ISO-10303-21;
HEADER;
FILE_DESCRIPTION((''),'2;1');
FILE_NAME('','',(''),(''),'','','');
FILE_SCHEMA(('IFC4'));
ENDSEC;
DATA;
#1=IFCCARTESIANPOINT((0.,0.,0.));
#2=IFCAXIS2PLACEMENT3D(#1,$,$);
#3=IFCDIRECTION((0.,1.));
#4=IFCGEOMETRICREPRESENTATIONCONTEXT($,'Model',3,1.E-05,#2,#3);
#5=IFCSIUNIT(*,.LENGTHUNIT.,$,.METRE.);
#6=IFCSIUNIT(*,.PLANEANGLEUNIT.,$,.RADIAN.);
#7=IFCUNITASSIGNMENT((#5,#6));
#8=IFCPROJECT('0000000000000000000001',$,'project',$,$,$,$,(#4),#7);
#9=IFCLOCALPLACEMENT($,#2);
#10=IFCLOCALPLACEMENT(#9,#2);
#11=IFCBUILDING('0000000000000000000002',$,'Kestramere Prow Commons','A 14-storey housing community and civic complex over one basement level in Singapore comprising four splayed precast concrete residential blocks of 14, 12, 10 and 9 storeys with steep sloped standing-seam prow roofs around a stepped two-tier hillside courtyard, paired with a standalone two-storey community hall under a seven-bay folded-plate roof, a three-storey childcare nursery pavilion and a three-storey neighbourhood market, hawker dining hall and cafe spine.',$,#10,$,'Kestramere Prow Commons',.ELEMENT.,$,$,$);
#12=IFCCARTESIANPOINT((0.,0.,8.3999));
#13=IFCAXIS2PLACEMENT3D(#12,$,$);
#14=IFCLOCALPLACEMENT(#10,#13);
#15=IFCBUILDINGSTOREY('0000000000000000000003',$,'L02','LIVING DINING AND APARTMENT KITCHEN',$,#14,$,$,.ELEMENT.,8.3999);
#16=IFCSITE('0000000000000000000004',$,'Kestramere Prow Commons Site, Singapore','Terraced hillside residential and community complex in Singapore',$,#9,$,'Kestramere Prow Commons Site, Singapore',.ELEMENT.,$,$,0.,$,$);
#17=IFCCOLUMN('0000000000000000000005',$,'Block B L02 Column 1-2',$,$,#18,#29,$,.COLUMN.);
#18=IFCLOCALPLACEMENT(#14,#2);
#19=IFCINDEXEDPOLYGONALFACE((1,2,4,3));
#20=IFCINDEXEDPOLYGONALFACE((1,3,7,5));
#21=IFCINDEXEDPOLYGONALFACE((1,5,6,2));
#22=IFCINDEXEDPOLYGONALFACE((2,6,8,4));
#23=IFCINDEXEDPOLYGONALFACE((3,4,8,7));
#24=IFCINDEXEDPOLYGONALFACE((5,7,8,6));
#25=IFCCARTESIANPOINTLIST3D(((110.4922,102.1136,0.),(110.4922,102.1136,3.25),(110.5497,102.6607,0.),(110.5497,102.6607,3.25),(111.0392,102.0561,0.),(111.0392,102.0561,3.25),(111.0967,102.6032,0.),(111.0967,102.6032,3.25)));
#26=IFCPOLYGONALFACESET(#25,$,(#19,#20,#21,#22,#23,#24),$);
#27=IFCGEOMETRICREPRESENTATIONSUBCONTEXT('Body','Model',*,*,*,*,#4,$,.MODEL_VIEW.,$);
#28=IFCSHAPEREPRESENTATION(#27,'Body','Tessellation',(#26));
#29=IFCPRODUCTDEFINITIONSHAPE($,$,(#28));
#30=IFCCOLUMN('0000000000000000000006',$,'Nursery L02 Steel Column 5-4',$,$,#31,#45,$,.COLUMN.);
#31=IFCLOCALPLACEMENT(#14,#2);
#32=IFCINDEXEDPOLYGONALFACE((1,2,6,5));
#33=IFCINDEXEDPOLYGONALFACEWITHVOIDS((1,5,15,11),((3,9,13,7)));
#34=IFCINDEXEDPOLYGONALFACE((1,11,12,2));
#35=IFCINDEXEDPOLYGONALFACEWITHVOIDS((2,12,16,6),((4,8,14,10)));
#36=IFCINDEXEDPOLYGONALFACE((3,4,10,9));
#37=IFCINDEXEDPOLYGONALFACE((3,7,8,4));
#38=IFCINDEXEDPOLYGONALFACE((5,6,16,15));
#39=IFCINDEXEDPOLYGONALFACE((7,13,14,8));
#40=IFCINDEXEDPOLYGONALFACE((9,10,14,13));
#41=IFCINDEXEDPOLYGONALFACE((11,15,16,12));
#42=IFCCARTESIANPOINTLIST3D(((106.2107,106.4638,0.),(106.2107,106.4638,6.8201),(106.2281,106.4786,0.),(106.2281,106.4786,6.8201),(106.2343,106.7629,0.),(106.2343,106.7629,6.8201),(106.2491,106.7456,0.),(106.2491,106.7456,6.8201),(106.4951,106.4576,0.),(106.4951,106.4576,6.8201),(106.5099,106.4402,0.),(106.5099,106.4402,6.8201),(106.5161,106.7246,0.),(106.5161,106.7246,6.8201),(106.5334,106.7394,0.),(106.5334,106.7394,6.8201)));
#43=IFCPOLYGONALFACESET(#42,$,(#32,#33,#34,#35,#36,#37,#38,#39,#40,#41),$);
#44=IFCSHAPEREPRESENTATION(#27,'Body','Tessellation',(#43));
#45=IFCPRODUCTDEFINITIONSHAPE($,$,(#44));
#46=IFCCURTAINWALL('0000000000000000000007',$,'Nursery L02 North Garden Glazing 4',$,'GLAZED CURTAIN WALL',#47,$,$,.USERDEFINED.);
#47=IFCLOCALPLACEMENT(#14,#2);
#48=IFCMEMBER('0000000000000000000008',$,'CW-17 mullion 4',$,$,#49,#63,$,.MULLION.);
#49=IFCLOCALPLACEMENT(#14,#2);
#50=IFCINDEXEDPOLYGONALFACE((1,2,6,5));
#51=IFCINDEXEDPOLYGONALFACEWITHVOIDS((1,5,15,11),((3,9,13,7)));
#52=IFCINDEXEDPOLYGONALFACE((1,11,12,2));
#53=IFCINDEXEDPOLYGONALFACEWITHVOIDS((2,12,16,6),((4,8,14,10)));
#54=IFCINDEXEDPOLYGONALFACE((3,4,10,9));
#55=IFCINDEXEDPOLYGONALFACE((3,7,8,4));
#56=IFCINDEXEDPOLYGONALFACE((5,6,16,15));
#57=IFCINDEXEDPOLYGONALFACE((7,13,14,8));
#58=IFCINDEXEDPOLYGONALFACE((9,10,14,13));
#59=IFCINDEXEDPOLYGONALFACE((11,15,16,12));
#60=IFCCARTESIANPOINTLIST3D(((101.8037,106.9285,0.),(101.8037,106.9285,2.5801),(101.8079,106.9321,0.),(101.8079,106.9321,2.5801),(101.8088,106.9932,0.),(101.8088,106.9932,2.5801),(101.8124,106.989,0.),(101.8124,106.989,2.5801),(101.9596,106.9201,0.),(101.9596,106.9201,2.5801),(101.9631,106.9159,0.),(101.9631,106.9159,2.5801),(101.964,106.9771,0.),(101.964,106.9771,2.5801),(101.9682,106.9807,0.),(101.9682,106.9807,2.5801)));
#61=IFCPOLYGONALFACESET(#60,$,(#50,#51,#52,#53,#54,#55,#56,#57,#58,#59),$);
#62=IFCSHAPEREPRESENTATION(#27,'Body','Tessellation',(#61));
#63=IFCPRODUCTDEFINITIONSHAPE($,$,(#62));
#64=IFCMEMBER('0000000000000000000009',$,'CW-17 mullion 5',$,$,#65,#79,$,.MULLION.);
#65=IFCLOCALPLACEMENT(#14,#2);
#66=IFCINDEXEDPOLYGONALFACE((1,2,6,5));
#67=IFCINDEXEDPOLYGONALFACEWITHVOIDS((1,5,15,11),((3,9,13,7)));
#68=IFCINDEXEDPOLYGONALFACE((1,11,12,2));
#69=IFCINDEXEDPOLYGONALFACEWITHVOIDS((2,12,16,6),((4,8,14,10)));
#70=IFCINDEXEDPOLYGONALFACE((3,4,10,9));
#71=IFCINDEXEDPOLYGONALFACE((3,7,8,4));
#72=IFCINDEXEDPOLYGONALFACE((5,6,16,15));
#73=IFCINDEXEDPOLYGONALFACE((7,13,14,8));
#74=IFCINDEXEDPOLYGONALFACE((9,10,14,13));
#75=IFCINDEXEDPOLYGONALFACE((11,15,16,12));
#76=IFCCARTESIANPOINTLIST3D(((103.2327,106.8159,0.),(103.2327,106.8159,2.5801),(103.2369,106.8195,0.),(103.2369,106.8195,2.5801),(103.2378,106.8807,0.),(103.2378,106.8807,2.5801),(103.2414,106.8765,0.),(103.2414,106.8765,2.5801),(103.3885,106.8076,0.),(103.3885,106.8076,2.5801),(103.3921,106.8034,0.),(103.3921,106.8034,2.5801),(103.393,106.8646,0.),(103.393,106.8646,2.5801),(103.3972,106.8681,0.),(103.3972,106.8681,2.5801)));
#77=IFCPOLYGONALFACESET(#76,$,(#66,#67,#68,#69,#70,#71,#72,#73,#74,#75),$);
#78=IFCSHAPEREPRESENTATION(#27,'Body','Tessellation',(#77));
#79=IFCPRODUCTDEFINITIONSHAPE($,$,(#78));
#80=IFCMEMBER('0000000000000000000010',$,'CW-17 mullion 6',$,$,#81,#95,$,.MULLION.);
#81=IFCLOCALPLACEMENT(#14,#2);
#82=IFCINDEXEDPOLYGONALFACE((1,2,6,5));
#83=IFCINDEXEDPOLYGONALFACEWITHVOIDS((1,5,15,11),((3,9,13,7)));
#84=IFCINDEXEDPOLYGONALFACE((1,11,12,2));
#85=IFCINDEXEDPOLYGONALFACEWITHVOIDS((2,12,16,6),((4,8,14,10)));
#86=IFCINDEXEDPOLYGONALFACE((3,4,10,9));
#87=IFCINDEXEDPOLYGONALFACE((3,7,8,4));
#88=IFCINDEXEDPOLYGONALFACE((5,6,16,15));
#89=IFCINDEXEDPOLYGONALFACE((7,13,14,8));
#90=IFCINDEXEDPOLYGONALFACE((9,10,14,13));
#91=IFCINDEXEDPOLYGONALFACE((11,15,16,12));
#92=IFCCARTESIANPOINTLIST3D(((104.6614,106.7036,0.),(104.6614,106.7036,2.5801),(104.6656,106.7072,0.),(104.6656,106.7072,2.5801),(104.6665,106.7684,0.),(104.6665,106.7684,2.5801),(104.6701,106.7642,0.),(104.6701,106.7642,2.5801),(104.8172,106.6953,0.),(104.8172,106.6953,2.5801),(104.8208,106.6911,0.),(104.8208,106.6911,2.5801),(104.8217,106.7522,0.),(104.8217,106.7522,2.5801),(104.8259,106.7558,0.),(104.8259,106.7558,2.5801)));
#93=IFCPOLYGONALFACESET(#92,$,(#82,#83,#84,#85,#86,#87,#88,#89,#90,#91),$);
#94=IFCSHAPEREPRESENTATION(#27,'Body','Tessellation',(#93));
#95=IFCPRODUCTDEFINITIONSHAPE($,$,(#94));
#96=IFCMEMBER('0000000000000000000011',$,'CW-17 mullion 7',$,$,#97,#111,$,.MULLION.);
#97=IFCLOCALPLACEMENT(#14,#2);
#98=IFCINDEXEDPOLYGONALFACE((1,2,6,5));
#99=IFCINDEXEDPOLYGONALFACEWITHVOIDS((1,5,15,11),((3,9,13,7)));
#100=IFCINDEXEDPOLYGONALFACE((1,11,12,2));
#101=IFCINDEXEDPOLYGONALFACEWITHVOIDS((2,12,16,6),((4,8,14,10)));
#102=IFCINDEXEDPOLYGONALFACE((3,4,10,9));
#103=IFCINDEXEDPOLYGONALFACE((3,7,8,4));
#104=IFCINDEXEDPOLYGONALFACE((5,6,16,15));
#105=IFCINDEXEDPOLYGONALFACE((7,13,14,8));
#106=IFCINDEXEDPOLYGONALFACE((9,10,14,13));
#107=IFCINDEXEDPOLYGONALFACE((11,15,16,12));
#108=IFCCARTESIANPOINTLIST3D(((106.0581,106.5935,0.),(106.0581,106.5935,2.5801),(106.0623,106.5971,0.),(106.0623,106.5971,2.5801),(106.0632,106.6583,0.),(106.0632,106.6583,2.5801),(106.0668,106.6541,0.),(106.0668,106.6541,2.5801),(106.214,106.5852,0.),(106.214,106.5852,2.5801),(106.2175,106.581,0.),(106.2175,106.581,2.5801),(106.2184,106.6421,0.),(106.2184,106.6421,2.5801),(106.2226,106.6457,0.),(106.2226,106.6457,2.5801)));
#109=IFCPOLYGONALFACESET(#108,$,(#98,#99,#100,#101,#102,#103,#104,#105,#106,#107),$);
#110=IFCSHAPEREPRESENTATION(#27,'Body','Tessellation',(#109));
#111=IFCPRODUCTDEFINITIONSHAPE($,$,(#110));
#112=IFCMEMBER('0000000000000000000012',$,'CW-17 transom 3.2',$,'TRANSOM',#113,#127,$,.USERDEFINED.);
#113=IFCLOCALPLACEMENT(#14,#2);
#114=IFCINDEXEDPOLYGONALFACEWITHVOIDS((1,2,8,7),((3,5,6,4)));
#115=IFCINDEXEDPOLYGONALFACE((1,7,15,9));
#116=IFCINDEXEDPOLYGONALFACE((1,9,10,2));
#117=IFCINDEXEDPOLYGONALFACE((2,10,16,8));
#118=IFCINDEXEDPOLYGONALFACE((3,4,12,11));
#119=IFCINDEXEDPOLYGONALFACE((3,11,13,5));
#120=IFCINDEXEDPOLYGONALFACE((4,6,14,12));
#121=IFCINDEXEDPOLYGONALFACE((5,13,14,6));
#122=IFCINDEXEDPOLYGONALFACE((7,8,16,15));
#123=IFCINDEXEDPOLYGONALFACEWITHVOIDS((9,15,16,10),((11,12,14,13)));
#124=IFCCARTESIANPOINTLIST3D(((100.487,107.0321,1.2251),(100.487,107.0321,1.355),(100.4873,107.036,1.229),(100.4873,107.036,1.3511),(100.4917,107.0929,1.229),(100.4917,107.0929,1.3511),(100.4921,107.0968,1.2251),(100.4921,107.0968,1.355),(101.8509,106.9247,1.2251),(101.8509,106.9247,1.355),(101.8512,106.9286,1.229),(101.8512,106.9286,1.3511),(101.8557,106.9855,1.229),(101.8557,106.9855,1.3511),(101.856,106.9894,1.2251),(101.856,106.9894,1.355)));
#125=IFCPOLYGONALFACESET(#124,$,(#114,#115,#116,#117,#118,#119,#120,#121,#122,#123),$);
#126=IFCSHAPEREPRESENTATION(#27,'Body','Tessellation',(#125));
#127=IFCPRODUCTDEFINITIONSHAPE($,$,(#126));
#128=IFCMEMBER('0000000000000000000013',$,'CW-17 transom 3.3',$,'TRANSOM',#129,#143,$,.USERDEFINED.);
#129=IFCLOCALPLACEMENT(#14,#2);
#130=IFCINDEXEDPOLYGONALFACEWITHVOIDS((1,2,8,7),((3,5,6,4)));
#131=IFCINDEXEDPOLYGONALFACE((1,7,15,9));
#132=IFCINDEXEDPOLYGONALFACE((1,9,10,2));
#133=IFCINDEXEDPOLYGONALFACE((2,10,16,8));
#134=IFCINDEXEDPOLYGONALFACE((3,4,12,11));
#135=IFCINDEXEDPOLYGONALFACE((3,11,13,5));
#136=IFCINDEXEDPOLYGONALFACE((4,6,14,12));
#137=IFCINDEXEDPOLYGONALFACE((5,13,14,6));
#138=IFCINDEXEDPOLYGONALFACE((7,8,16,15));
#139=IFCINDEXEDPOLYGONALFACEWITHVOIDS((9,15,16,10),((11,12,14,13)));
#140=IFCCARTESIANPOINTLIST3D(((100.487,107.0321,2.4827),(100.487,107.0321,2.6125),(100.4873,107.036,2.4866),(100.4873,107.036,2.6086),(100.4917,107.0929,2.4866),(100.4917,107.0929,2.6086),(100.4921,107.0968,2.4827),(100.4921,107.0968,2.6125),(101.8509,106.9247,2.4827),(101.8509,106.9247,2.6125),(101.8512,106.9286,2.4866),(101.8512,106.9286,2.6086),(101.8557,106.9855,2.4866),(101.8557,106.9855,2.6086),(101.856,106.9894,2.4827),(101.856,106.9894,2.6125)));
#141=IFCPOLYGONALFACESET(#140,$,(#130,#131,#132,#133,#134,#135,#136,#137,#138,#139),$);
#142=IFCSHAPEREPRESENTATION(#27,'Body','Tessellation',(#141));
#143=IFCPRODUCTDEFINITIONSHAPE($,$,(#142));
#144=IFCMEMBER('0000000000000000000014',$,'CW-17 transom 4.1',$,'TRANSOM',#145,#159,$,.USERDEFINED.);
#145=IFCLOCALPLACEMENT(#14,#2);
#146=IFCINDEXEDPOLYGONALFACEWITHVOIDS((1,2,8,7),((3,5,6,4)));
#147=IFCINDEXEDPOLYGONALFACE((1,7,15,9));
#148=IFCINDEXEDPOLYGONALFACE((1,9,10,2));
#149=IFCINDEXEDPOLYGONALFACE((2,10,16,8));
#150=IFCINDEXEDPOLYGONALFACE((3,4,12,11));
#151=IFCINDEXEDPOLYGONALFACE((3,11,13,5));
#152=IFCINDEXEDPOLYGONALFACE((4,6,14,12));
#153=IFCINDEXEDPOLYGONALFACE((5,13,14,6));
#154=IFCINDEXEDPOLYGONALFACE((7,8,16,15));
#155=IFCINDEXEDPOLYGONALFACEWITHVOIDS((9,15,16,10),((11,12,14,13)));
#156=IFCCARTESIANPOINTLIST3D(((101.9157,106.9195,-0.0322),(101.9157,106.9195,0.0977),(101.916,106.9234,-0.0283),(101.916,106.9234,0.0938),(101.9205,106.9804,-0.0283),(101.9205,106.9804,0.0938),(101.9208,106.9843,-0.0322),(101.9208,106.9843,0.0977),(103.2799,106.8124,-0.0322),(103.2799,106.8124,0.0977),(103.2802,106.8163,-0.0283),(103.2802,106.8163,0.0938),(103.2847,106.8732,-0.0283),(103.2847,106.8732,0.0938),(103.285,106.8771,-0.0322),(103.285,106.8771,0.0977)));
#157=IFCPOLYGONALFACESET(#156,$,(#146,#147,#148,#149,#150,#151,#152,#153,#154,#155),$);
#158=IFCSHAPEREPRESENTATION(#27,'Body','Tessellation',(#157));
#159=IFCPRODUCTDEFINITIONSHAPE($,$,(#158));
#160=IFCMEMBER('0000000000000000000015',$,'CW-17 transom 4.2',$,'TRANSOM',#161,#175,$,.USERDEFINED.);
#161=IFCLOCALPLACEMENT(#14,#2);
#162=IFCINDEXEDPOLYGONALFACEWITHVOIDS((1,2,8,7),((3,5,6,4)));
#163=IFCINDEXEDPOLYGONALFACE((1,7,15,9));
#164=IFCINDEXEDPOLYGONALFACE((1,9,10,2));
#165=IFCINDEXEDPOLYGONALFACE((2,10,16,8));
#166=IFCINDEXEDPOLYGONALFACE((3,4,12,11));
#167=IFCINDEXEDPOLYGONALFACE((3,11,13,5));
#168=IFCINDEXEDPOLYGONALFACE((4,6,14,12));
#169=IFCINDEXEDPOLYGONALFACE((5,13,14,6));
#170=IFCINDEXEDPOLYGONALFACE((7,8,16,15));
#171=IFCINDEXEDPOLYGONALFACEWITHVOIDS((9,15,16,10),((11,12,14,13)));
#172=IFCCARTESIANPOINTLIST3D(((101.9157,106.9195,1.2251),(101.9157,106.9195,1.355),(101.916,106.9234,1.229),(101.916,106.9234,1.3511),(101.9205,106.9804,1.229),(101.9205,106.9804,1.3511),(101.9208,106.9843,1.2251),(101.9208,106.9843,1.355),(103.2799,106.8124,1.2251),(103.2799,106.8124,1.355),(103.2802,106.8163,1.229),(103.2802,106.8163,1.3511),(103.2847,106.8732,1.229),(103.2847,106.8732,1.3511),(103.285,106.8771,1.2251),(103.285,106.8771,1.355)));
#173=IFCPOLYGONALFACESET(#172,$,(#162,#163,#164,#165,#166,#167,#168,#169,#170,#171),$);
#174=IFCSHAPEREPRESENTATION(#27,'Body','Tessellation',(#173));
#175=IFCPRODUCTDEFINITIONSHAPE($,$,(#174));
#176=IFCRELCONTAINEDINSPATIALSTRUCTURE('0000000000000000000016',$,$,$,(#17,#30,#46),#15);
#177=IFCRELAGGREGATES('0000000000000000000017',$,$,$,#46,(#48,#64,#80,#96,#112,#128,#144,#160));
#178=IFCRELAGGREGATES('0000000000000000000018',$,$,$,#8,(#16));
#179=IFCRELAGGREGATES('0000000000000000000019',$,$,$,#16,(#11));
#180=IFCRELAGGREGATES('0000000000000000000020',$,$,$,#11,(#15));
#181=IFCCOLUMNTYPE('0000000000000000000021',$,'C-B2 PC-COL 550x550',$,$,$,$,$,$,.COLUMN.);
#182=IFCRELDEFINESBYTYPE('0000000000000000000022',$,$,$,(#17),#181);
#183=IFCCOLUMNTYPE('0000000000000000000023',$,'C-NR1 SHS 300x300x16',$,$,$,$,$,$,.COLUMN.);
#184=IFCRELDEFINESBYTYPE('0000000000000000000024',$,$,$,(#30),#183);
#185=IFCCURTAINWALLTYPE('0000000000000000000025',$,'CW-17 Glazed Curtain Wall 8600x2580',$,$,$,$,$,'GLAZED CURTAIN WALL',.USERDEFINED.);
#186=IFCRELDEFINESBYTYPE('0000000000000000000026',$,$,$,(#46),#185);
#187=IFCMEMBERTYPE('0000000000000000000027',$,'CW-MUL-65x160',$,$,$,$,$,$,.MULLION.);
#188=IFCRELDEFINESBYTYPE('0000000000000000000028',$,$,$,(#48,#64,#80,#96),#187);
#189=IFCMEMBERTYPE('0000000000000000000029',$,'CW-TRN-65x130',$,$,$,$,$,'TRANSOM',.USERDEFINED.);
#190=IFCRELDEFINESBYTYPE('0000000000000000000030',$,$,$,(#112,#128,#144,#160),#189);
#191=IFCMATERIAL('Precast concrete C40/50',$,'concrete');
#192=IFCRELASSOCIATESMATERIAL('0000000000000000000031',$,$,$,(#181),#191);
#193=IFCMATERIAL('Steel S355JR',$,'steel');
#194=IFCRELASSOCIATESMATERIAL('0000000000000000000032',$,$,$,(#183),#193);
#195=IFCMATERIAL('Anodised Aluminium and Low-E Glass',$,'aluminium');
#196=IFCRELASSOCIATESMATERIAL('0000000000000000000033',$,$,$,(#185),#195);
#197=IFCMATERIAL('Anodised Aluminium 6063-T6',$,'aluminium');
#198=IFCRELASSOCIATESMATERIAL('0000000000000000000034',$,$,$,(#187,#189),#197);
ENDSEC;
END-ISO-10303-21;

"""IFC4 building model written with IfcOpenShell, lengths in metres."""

from ifc_helpers import new_model, si_unit, direction, frame, origin, origin_2d, place, context, subcontext, project, spatial, rectangle, hollow_rectangle, extrude, material, material_profile, profile_set, type_object, element, aggregate, save


model = new_model("IFC4")

# Units and contexts
model_context = context("Model", 3, precision=1e-05, world=origin(), true_north=direction((0.0, 1.0)))
body_context = subcontext(model_context, "Body", "Model", "MODEL_VIEW")
ifc_project = project(units=[si_unit("LENGTHUNIT", "METRE"), si_unit("PLANEANGLEUNIT", "RADIAN")], contexts=[model_context])

# Site, building, storey
site_placement = place(None, origin())
site = spatial("IfcSite", under=ifc_project, at=site_placement, Name="Kestramere Prow Commons Site, Singapore", Description="Terraced hillside residential and community complex in Singapore", LongName="Kestramere Prow Commons Site, Singapore", CompositionType="ELEMENT", RefElevation=0.0)
building_placement = place(site_placement, origin())
building = spatial("IfcBuilding", under=site, at=building_placement, Name="Kestramere Prow Commons", Description="A 14-storey housing community and civic complex over one basement level in Singapore comprising four splayed precast concrete residential blocks of 14, 12, 10 and 9 storeys with steep sloped standing-seam prow roofs around a stepped two-tier hillside courtyard, paired with a standalone two-storey community hall under a seven-bay folded-plate roof, a three-storey childcare nursery pavilion and a three-storey neighbourhood market, hawker dining hall and cafe spine.", LongName="Kestramere Prow Commons", CompositionType="ELEMENT")
storey_placement = place(building_placement, frame((0.0, 0.0, 8.3999)))
storey = spatial("IfcBuildingStorey", under=building, at=storey_placement, Name="L02", Description="LIVING DINING AND APARTMENT KITCHEN", CompositionType="ELEMENT", Elevation=8.3999)

# Columns
ifc_material_1 = material(Name="Precast concrete C40/50", Category="concrete")
ifc_material_profile_1 = material_profile(ifc_material_1, rectangle(XDim=0.55, YDim=0.55, at=origin_2d()), Name="PC-COL 550x550")
ifc_profile_set_1 = profile_set([ifc_material_profile_1], Name="Precast concrete C40/50")
column_type_1 = type_object("IfcColumnType", Name="C-B2 PC-COL 550x550", PredefinedType="COLUMN", material=ifc_profile_set_1)
column_1_placement = place(storey_placement, frame((110.7944, 102.3584, 0.0), z_axis=(0.0, 0.0, 1.0), x_axis=(0.994522, -0.104528, 0.0)))
element("IfcColumn", 1, at=column_1_placement, inside=storey, type_object=column_type_1, Name="Block B L02 Column 1-2", PredefinedType="COLUMN", context=body_context, shape_type="SweptSolid", body=[
    extrude(rectangle(XDim=0.55, YDim=0.55, at=origin_2d()), origin(), (0.0, 0.0, 1.0), 3.25),
])
ifc_material_2 = material(Name="Steel S355JR", Category="steel")
ifc_material_profile_2 = material_profile(ifc_material_2, hollow_rectangle(XDim=0.3, YDim=0.3, WallThickness=0.0161, at=origin_2d()), Name="SHS 300x300x16")
ifc_profile_set_2 = profile_set([ifc_material_profile_2], Name="Steel S355JR")
column_type_2 = type_object("IfcColumnType", Name="C-NR1 SHS 300x300x16", PredefinedType="COLUMN", material=ifc_profile_set_2)
column_2_placement = place(storey_placement, frame((106.3721, 106.6016, 0.0), z_axis=(0.0, 0.0, 1.0), x_axis=(0.996917, -0.078459, 0.0)))
element("IfcColumn", 2, at=column_2_placement, inside=storey, type_object=column_type_2, Name="Nursery L02 Steel Column 5-4", PredefinedType="COLUMN", context=body_context, shape_type="SweptSolid", body=[
    extrude(hollow_rectangle(XDim=0.3, YDim=0.3, WallThickness=0.0161, at=origin_2d()), origin(), (0.0, 0.0, 1.0), 6.8201),
])

# Curtain wall, members
ifc_material_3 = material(Name="Anodised Aluminium and Low-E Glass", Category="aluminium")
curtain_wall_type = type_object("IfcCurtainWallType", Name="CW-17 Glazed Curtain Wall 8600x2580", ElementType="GLAZED CURTAIN WALL", PredefinedType="USERDEFINED", material=ifc_material_3)
curtain_wall_placement = place(storey_placement, origin())
curtain_wall = element("IfcCurtainWall", 3, at=curtain_wall_placement, inside=storey, type_object=curtain_wall_type, Name="Nursery L02 North Garden Glazing 4", ObjectType="GLAZED CURTAIN WALL", PredefinedType="USERDEFINED")
ifc_material_4 = material(Name="Anodised Aluminium 6063-T6", Category="aluminium")
ifc_material_profile_3 = material_profile(ifc_material_4, hollow_rectangle(XDim=0.0649, YDim=0.1599, WallThickness=0.0039, at=origin_2d()), Name="ALU-MUL 65x160")
ifc_profile_set_3 = profile_set([ifc_material_profile_3], Name="Anodised Aluminium 6063-T6")
member_type_1 = type_object("IfcMemberType", Name="CW-MUL-65x160", PredefinedType="MULLION", material=ifc_profile_set_3)
member_1_placement = place(storey_placement, frame((101.886, 106.9546, 0.0), z_axis=(0.0, 0.0, 1.0), x_axis=(0.078459, 0.996917, 0.0)))
member_1 = element("IfcMember", 4, at=member_1_placement, type_object=member_type_1, Name="CW-17 mullion 4", PredefinedType="MULLION", context=body_context, shape_type="SweptSolid", body=[
    extrude(hollow_rectangle(XDim=0.0649, YDim=0.1599, WallThickness=0.0039, at=origin_2d()), origin(), (0.0, 0.0, 1.0), 2.5801),
])
member_2_placement = place(storey_placement, frame((103.3149, 106.842, 0.0), z_axis=(0.0, 0.0, 1.0), x_axis=(0.078459, 0.996917, 0.0)))
member_2 = element("IfcMember", 5, at=member_2_placement, type_object=member_type_1, Name="CW-17 mullion 5", PredefinedType="MULLION", context=body_context, shape_type="SweptSolid", body=[
    extrude(hollow_rectangle(XDim=0.0649, YDim=0.1599, WallThickness=0.0039, at=origin_2d()), origin(), (0.0, 0.0, 1.0), 2.5801),
])
member_3_placement = place(storey_placement, frame((104.7437, 106.7297, 0.0), z_axis=(0.0, 0.0, 1.0), x_axis=(0.078459, 0.996917, 0.0)))
member_3 = element("IfcMember", 6, at=member_3_placement, type_object=member_type_1, Name="CW-17 mullion 6", PredefinedType="MULLION", context=body_context, shape_type="SweptSolid", body=[
    extrude(hollow_rectangle(XDim=0.0649, YDim=0.1599, WallThickness=0.0039, at=origin_2d()), origin(), (0.0, 0.0, 1.0), 2.5801),
])
member_4_placement = place(storey_placement, frame((106.1404, 106.6196, 0.0), z_axis=(0.0, 0.0, 1.0), x_axis=(0.078459, 0.996917, 0.0)))
member_4 = element("IfcMember", 7, at=member_4_placement, type_object=member_type_1, Name="CW-17 mullion 7", PredefinedType="MULLION", context=body_context, shape_type="SweptSolid", body=[
    extrude(hollow_rectangle(XDim=0.0649, YDim=0.1599, WallThickness=0.0039, at=origin_2d()), origin(), (0.0, 0.0, 1.0), 2.5801),
])
ifc_material_profile_4 = material_profile(ifc_material_4, hollow_rectangle(XDim=0.0649, YDim=0.1299, WallThickness=0.0039, at=origin_2d()), Name="ALU-TRN 65x130")
ifc_profile_set_4 = profile_set([ifc_material_profile_4], Name="Anodised Aluminium 6063-T6")
member_type_2 = type_object("IfcMemberType", Name="CW-TRN-65x130", ElementType="TRANSOM", PredefinedType="USERDEFINED", material=ifc_profile_set_4)
member_5_placement = place(storey_placement, frame((100.4895, 107.0645, 1.29), z_axis=(0.996913, -0.078511, 0.0), x_axis=(0.078511, 0.996913, 0.0)))
member_5 = element("IfcMember", 8, at=member_5_placement, type_object=member_type_2, Name="CW-17 transom 3.2", ObjectType="TRANSOM", PredefinedType="USERDEFINED", context=body_context, shape_type="SweptSolid", body=[
    extrude(hollow_rectangle(XDim=0.0649, YDim=0.1299, WallThickness=0.0039, at=origin_2d()), origin(), (0.0, 0.0, 1.0), 1.3682),
])
member_6_placement = place(storey_placement, frame((100.4895, 107.0645, 2.5476), z_axis=(0.996913, -0.078511, 0.0), x_axis=(0.078511, 0.996913, 0.0)))
member_6 = element("IfcMember", 9, at=member_6_placement, type_object=member_type_2, Name="CW-17 transom 3.3", ObjectType="TRANSOM", PredefinedType="USERDEFINED", context=body_context, shape_type="SweptSolid", body=[
    extrude(hollow_rectangle(XDim=0.0649, YDim=0.1299, WallThickness=0.0039, at=origin_2d()), origin(), (0.0, 0.0, 1.0), 1.3682),
])
member_7_placement = place(storey_placement, frame((101.9182, 106.9519, 0.0327), z_axis=(0.996928, -0.07832, 0.0), x_axis=(0.07832, 0.996928, 0.0)))
member_7 = element("IfcMember", 10, at=member_7_placement, type_object=member_type_2, Name="CW-17 transom 4.1", ObjectType="TRANSOM", PredefinedType="USERDEFINED", context=body_context, shape_type="SweptSolid", body=[
    extrude(hollow_rectangle(XDim=0.0649, YDim=0.1299, WallThickness=0.0039, at=origin_2d()), origin(), (0.0, 0.0, 1.0), 1.3684),
])
member_8_placement = place(storey_placement, frame((101.9182, 106.9519, 1.29), z_axis=(0.996928, -0.07832, 0.0), x_axis=(0.07832, 0.996928, 0.0)))
member_8 = element("IfcMember", 11, at=member_8_placement, type_object=member_type_2, Name="CW-17 transom 4.2", ObjectType="TRANSOM", PredefinedType="USERDEFINED", context=body_context, shape_type="SweptSolid", body=[
    extrude(hollow_rectangle(XDim=0.0649, YDim=0.1299, WallThickness=0.0039, at=origin_2d()), origin(), (0.0, 0.0, 1.0), 1.3684),
])
aggregate(curtain_wall, [member_1, member_2, member_3, member_4, member_5, member_6, member_7, member_8])

save(model, "model.ifc")
